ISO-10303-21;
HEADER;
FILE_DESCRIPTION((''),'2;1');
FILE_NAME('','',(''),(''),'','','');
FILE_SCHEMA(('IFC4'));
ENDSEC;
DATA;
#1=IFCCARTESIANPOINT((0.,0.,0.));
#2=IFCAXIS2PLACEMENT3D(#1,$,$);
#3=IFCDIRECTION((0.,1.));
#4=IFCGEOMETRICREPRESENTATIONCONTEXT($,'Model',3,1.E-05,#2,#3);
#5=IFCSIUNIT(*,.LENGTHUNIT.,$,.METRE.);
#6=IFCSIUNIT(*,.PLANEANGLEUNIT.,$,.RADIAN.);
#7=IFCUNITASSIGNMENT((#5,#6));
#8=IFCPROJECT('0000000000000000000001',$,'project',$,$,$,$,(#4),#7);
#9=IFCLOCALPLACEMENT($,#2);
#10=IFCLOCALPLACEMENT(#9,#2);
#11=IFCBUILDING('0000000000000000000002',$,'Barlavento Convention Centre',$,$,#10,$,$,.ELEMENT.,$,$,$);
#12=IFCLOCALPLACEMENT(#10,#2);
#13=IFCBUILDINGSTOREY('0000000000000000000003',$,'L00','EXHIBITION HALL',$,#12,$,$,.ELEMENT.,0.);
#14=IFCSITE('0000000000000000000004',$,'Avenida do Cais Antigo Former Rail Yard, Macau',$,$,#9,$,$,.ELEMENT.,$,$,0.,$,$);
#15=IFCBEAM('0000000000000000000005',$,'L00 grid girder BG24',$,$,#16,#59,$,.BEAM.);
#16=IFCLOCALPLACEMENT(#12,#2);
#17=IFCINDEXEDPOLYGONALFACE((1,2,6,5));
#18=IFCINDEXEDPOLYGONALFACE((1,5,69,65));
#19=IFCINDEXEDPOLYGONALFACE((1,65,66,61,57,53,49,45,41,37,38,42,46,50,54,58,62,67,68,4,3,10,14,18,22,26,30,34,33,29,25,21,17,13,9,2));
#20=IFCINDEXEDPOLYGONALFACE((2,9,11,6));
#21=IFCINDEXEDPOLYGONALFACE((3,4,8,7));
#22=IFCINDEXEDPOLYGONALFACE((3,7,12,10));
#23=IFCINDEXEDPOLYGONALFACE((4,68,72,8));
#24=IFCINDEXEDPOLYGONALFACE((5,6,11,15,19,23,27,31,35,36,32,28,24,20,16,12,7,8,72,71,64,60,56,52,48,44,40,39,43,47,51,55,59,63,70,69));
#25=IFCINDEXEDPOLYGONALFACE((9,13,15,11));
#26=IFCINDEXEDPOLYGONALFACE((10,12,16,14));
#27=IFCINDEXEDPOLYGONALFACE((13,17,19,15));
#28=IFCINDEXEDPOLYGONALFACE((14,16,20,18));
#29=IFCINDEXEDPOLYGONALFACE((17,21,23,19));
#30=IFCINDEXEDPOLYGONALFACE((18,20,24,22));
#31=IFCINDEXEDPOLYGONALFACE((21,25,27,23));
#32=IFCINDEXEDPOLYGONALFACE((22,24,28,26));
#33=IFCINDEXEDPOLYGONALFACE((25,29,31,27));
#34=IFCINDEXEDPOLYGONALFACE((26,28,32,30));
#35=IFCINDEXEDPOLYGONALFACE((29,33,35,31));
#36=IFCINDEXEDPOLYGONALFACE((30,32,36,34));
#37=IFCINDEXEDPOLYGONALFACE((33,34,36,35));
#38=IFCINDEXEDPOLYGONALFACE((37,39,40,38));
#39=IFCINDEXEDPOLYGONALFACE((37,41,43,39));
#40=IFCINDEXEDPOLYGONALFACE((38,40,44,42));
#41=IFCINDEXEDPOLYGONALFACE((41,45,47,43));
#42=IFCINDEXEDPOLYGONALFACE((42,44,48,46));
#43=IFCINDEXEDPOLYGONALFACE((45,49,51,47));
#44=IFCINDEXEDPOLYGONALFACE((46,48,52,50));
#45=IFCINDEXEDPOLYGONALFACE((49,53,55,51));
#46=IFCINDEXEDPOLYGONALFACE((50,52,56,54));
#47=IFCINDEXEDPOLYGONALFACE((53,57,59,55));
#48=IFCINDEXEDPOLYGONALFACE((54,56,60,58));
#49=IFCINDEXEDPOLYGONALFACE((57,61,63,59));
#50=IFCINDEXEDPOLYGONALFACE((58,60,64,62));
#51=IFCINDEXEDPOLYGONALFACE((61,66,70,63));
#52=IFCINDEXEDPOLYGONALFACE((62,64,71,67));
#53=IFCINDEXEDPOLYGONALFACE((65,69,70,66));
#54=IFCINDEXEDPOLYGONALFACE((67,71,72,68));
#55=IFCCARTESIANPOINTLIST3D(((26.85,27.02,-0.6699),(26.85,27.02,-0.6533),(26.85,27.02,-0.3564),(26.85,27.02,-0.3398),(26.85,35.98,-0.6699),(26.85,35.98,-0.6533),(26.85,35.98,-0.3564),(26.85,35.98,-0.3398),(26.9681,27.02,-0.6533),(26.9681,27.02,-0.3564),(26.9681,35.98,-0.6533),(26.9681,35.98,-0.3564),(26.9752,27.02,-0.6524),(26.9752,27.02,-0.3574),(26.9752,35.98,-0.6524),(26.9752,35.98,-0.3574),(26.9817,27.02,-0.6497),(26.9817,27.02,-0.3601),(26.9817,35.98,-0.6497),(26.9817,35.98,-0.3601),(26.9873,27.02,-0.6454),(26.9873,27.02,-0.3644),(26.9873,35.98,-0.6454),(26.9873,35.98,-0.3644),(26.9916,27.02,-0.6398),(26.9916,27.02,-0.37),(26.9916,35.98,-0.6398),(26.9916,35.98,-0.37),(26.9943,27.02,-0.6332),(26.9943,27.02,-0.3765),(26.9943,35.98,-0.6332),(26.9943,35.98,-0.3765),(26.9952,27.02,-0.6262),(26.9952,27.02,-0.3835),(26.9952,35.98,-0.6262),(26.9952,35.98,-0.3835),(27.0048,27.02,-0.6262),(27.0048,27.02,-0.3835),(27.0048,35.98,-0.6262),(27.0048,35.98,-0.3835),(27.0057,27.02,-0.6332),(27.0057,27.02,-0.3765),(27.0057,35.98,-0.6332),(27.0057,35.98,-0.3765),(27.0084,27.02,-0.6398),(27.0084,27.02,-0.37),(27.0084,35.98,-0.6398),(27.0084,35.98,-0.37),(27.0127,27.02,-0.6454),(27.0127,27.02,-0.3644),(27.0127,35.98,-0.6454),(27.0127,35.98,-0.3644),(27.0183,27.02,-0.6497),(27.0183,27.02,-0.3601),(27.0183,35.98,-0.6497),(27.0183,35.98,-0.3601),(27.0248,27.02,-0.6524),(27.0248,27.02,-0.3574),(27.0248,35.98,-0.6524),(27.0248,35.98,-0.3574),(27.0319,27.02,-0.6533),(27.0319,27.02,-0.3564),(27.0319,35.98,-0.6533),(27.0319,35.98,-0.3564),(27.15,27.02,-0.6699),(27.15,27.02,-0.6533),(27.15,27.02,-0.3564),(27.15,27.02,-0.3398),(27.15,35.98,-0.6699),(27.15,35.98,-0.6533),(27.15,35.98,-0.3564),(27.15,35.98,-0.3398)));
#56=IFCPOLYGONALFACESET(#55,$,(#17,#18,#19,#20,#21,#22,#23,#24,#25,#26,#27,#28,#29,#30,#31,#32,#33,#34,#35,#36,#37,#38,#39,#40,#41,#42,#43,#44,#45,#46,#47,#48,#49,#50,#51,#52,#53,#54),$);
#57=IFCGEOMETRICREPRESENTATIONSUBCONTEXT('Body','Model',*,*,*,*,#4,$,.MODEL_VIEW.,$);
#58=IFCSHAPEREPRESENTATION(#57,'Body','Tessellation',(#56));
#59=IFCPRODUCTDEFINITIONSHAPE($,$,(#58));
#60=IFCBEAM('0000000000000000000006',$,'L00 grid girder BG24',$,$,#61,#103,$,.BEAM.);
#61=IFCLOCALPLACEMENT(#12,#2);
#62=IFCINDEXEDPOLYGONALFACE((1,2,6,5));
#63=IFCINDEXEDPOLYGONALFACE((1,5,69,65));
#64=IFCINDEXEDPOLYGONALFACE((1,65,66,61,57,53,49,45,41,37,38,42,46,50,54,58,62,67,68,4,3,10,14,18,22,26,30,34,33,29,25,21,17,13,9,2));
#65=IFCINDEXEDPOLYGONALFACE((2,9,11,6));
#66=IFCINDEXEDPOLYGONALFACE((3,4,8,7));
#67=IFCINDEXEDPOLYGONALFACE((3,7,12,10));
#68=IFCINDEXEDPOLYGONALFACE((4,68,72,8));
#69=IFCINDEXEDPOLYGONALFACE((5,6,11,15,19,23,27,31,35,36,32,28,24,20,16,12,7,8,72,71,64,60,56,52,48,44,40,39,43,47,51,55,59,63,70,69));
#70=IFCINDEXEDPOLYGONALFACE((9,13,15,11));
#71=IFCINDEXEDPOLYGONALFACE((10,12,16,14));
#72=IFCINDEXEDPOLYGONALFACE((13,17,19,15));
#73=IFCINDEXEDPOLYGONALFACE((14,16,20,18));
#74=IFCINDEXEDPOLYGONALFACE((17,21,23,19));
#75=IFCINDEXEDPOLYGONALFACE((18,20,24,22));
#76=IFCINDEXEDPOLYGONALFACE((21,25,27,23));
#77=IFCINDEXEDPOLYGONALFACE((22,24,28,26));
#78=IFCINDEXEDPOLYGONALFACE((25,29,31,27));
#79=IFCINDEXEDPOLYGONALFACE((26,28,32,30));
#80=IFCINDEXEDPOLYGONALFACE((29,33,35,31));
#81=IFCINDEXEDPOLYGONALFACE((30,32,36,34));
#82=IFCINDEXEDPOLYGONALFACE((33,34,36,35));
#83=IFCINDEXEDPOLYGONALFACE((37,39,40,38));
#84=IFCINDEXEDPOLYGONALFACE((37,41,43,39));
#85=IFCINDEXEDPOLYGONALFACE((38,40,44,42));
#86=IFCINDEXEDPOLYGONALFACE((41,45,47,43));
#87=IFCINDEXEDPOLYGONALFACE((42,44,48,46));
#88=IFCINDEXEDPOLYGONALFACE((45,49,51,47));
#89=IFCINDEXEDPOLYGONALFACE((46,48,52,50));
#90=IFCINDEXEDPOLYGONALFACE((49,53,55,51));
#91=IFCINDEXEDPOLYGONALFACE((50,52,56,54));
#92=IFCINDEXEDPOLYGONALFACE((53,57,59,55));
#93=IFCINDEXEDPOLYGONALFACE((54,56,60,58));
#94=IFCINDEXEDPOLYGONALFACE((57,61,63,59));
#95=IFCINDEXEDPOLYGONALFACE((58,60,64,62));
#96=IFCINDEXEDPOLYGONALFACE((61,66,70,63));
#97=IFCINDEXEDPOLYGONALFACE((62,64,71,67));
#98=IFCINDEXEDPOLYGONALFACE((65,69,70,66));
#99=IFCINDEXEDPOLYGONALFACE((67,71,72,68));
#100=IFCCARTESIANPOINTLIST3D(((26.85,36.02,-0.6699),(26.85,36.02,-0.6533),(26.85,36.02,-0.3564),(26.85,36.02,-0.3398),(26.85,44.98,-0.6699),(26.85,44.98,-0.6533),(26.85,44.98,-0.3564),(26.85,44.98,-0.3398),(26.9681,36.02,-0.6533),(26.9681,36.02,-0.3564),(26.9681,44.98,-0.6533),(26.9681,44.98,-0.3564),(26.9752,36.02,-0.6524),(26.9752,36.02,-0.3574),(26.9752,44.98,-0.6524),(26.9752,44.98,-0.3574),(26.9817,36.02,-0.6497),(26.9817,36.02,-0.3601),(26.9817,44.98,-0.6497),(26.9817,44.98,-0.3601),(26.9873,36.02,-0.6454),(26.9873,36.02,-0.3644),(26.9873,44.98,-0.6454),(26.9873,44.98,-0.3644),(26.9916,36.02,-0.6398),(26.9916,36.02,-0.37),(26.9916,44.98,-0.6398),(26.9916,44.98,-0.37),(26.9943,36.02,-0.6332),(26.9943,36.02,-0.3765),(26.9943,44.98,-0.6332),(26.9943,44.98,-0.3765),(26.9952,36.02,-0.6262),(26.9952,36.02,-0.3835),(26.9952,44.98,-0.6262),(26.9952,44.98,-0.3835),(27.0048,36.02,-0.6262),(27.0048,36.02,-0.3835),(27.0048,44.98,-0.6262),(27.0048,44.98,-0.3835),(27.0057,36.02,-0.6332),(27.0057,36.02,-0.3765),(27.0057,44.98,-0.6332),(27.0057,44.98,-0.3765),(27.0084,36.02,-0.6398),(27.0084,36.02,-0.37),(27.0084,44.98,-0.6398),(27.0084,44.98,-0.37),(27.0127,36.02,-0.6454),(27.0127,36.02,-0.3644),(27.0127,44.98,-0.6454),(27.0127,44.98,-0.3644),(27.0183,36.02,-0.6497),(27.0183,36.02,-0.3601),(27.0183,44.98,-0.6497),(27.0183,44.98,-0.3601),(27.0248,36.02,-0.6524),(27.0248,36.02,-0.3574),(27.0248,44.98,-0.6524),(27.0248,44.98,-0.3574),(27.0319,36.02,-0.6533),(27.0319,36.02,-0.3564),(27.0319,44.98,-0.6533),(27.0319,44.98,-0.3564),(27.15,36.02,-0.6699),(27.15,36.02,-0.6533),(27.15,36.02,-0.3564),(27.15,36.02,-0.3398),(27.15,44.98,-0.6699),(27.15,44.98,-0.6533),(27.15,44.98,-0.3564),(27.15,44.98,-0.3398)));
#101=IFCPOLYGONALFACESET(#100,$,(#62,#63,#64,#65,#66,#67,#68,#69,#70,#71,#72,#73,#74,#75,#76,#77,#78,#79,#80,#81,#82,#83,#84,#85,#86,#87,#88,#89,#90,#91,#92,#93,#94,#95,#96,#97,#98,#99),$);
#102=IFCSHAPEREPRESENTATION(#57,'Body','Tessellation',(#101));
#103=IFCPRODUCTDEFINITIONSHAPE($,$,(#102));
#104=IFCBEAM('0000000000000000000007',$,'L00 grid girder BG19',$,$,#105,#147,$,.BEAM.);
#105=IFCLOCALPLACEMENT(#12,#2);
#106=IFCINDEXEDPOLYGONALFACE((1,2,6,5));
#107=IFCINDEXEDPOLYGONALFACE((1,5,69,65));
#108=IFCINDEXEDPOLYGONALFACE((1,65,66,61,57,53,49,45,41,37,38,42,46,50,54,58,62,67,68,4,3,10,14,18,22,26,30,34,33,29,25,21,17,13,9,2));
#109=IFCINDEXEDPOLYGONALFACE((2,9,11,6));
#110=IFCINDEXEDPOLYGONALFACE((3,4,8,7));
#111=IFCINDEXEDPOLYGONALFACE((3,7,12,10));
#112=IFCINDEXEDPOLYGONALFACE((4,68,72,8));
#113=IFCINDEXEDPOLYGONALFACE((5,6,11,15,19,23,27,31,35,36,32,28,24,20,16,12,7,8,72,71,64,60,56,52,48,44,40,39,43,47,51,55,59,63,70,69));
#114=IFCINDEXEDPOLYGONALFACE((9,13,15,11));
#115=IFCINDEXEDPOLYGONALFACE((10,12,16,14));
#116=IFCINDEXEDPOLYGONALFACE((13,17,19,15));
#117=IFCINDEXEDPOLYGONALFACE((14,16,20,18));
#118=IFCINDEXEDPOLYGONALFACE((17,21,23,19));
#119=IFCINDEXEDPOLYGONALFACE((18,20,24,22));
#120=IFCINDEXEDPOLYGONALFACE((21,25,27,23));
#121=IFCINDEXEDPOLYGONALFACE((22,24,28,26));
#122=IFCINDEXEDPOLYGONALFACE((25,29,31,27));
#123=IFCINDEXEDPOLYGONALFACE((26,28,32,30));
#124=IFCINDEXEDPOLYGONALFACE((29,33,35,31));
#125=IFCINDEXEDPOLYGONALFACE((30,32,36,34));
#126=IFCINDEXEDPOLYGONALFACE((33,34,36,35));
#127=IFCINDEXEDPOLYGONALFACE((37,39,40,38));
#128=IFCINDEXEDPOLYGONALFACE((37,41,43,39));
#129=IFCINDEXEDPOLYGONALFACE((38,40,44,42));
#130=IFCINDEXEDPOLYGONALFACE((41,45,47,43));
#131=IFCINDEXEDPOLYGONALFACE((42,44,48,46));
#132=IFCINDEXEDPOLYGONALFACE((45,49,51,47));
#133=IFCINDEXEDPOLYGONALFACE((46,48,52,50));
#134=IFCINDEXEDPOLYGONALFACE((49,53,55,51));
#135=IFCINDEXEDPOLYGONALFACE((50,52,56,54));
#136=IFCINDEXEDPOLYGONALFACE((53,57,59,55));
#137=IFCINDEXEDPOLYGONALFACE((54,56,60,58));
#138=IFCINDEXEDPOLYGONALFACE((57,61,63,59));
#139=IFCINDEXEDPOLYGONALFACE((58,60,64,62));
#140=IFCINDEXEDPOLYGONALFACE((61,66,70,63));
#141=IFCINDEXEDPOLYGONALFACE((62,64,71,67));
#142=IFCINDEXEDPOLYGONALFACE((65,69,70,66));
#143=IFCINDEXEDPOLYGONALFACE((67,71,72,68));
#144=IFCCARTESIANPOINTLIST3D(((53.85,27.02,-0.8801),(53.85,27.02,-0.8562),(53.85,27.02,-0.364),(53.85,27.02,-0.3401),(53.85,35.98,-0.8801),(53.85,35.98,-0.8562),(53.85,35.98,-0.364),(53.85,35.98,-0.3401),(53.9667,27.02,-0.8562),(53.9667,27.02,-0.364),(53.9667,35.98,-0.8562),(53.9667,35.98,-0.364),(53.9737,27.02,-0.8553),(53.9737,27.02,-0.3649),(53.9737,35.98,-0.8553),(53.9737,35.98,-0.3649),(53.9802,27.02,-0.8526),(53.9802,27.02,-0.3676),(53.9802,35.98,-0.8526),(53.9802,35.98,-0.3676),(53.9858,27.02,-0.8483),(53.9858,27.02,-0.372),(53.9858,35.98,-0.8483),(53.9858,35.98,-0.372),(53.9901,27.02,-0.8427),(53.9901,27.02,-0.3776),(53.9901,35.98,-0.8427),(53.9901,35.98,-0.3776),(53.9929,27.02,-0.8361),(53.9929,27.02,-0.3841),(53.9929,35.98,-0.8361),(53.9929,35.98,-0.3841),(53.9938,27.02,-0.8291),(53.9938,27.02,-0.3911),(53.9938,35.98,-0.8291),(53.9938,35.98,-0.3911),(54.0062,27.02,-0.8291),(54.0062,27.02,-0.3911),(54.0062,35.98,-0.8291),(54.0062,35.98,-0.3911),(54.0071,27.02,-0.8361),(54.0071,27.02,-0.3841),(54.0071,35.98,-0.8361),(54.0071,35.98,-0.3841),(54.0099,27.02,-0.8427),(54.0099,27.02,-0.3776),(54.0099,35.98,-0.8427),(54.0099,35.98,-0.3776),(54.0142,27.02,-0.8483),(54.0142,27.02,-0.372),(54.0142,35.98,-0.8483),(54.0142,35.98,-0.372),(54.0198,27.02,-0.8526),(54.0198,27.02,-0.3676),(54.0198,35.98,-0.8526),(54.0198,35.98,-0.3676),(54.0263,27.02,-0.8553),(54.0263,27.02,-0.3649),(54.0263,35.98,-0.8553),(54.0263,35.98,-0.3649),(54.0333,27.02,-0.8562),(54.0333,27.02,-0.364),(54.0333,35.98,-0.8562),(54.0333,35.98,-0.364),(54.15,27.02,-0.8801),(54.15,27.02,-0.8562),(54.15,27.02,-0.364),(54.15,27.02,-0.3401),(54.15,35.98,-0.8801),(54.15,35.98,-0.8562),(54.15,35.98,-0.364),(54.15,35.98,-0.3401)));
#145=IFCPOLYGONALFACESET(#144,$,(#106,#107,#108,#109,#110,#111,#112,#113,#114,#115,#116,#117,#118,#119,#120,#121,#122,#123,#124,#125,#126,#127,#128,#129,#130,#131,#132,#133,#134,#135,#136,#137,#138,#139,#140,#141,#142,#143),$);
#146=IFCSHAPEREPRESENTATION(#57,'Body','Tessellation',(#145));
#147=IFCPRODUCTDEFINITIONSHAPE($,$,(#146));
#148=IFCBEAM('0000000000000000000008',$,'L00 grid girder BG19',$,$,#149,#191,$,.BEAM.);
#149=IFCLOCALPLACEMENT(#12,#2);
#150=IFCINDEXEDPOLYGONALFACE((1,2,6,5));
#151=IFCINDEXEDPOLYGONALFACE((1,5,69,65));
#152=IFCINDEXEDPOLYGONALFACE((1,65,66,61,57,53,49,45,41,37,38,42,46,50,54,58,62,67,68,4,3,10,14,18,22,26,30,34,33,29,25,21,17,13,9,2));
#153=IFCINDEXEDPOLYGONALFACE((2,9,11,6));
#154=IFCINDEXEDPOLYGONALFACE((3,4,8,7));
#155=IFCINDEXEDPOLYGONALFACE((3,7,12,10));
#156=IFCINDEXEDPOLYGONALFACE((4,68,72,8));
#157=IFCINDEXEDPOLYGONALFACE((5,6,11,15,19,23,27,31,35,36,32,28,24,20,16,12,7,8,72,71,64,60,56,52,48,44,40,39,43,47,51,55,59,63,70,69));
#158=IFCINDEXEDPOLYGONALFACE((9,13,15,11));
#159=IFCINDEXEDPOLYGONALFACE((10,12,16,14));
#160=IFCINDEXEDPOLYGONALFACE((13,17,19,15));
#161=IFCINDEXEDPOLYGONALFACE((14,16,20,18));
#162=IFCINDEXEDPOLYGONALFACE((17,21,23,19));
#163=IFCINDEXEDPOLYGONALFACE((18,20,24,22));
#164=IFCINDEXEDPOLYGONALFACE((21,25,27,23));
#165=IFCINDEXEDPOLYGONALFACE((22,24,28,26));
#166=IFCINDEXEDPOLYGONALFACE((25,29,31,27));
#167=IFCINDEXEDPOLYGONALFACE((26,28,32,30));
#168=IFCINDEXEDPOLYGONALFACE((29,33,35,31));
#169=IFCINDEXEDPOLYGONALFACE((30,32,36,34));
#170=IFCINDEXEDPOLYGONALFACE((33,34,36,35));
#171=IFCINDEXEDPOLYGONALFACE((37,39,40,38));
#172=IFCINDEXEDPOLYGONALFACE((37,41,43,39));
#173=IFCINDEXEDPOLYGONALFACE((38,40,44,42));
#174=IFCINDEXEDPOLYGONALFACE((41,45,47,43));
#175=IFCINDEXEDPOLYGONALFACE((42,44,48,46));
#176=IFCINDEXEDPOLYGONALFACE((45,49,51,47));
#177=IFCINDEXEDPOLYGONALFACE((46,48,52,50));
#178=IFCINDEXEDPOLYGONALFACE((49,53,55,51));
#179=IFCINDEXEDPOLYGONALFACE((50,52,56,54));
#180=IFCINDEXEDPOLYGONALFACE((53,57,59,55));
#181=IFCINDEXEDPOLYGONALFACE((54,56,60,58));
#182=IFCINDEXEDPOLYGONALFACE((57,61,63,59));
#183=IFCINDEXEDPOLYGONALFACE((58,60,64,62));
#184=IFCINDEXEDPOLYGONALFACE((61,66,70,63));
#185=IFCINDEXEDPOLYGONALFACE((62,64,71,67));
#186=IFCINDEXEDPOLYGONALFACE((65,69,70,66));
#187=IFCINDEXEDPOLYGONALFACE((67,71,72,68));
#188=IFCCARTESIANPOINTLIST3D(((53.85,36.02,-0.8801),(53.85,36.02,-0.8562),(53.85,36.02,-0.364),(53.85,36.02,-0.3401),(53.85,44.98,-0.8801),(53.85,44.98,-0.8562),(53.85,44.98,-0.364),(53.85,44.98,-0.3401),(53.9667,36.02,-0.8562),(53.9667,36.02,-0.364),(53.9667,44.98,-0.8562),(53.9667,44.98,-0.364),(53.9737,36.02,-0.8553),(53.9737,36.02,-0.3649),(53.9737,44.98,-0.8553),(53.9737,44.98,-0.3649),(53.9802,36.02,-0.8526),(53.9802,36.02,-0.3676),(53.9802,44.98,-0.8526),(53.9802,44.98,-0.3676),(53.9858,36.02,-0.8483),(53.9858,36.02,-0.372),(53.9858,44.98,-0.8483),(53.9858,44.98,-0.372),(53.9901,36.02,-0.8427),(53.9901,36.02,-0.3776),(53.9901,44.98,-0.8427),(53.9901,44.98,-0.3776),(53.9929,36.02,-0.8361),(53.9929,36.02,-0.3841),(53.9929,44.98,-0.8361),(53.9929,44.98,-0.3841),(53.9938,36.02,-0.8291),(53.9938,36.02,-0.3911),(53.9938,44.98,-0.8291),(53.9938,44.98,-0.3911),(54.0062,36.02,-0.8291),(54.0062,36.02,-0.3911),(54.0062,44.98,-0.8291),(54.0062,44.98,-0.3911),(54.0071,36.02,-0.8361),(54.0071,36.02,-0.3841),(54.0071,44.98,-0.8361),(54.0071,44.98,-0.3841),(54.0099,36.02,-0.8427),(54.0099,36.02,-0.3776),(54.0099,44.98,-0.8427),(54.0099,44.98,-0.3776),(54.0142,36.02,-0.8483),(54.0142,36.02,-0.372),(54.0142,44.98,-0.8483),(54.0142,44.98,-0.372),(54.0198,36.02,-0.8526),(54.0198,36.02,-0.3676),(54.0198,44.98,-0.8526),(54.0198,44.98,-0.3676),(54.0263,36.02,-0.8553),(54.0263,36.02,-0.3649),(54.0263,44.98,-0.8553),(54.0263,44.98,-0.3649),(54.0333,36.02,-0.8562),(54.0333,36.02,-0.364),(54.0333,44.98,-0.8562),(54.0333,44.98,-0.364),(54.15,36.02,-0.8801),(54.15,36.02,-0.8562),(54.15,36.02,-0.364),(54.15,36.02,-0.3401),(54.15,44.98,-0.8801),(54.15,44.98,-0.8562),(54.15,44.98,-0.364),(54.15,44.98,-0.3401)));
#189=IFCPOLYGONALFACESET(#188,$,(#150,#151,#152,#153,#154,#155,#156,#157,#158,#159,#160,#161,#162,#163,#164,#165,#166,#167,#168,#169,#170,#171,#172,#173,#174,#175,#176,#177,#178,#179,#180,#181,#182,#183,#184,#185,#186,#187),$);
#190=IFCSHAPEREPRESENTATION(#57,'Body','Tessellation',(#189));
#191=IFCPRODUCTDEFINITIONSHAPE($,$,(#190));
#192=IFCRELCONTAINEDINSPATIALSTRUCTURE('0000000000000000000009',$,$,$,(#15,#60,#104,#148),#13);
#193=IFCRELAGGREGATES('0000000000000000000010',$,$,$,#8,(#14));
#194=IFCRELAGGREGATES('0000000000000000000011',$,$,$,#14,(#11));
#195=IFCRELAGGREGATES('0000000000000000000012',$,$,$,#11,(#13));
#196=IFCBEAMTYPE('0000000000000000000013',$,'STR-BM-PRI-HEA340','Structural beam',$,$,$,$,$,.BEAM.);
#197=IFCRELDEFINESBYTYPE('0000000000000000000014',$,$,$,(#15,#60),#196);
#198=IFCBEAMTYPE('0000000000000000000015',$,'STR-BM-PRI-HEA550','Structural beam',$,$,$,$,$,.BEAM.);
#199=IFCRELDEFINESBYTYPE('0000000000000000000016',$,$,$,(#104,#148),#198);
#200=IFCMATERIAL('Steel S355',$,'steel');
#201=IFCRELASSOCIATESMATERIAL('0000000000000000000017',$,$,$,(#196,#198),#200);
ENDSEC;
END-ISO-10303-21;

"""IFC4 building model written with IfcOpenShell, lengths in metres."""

from ifc_helpers import new_model, si_unit, direction, frame, origin, origin_2d, place, context, subcontext, project, spatial, i_section, extrude, material, material_profile, profile_set, type_object, element, save


model = new_model("IFC4")

# Units and contexts
model_context = context("Model", 3, precision=1e-05, world=origin(), true_north=direction((0.0, 1.0)))
body_context = subcontext(model_context, "Body", "Model", "MODEL_VIEW")
ifc_project = project(units=[si_unit("LENGTHUNIT", "METRE"), si_unit("PLANEANGLEUNIT", "RADIAN")], contexts=[model_context])

# Site, building, storey
site_placement = place(None, origin())
site = spatial("IfcSite", under=ifc_project, at=site_placement, Name="Avenida do Cais Antigo Former Rail Yard, Macau", CompositionType="ELEMENT", RefElevation=0.0)
building_placement = place(site_placement, origin())
building = spatial("IfcBuilding", under=site, at=building_placement, Name="Barlavento Convention Centre", CompositionType="ELEMENT")
storey_placement = place(building_placement, origin())
storey = spatial("IfcBuildingStorey", under=building, at=storey_placement, Name="L00", Description="EXHIBITION HALL", CompositionType="ELEMENT", Elevation=0.0)

# Beams
ifc_material_1 = material(Name="Steel S355", Category="steel")
ifc_material_profile_1 = material_profile(ifc_material_1, i_section(OverallWidth=0.3, OverallDepth=0.3301, WebThickness=0.0095, FlangeThickness=0.0166, FilletRadius=0.0271, at=origin_2d()), Name="HEA 340")
ifc_profile_set_1 = profile_set([ifc_material_profile_1], Name="Steel S355")
beam_type_1 = type_object("IfcBeamType", Name="STR-BM-PRI-HEA340", Description="Structural beam", PredefinedType="BEAM", material=ifc_profile_set_1)
for number, where, z_axis, x_axis, name in (
    (1, (27.0, 27.02, -0.5049), (0.0, 1.0, 0.0), (-1.0, 0.0, 0.0), "L00 grid girder BG24"),
    (2, (27.0, 36.02, -0.5049), (0.0, 1.0, 0.0), (-1.0, 0.0, 0.0), "L00 grid girder BG24"),
):
    element("IfcBeam", number, at=place(storey_placement, frame(where, z_axis=z_axis, x_axis=x_axis)), inside=storey, type_object=beam_type_1, Name=name, PredefinedType="BEAM", context=body_context, shape_type="SweptSolid", body=[
        extrude(i_section(OverallWidth=0.3, OverallDepth=0.3301, WebThickness=0.0095, FlangeThickness=0.0166, FilletRadius=0.0271, at=origin_2d()), origin(), (0.0, 0.0, 1.0), 8.96),
    ])
ifc_material_profile_2 = material_profile(ifc_material_1, i_section(OverallWidth=0.3, OverallDepth=0.54, WebThickness=0.0125, FlangeThickness=0.0239, FilletRadius=0.0271, at=origin_2d()), Name="HEA 550")
ifc_profile_set_2 = profile_set([ifc_material_profile_2], Name="Steel S355")
beam_type_2 = type_object("IfcBeamType", Name="STR-BM-PRI-HEA550", Description="Structural beam", PredefinedType="BEAM", material=ifc_profile_set_2)
for number, where, z_axis, x_axis, name in (
    (3, (54.0, 27.02, -0.6101), (0.0, 1.0, 0.0), (-1.0, 0.0, 0.0), "L00 grid girder BG19"),
    (4, (54.0, 36.02, -0.6101), (0.0, 1.0, 0.0), (-1.0, 0.0, 0.0), "L00 grid girder BG19"),
):
    element("IfcBeam", number, at=place(storey_placement, frame(where, z_axis=z_axis, x_axis=x_axis)), inside=storey, type_object=beam_type_2, Name=name, PredefinedType="BEAM", context=body_context, shape_type="SweptSolid", body=[
        extrude(i_section(OverallWidth=0.3, OverallDepth=0.54, WebThickness=0.0125, FlangeThickness=0.0239, FilletRadius=0.0271, at=origin_2d()), origin(), (0.0, 0.0, 1.0), 8.96),
    ])

save(model, "model.ifc")
